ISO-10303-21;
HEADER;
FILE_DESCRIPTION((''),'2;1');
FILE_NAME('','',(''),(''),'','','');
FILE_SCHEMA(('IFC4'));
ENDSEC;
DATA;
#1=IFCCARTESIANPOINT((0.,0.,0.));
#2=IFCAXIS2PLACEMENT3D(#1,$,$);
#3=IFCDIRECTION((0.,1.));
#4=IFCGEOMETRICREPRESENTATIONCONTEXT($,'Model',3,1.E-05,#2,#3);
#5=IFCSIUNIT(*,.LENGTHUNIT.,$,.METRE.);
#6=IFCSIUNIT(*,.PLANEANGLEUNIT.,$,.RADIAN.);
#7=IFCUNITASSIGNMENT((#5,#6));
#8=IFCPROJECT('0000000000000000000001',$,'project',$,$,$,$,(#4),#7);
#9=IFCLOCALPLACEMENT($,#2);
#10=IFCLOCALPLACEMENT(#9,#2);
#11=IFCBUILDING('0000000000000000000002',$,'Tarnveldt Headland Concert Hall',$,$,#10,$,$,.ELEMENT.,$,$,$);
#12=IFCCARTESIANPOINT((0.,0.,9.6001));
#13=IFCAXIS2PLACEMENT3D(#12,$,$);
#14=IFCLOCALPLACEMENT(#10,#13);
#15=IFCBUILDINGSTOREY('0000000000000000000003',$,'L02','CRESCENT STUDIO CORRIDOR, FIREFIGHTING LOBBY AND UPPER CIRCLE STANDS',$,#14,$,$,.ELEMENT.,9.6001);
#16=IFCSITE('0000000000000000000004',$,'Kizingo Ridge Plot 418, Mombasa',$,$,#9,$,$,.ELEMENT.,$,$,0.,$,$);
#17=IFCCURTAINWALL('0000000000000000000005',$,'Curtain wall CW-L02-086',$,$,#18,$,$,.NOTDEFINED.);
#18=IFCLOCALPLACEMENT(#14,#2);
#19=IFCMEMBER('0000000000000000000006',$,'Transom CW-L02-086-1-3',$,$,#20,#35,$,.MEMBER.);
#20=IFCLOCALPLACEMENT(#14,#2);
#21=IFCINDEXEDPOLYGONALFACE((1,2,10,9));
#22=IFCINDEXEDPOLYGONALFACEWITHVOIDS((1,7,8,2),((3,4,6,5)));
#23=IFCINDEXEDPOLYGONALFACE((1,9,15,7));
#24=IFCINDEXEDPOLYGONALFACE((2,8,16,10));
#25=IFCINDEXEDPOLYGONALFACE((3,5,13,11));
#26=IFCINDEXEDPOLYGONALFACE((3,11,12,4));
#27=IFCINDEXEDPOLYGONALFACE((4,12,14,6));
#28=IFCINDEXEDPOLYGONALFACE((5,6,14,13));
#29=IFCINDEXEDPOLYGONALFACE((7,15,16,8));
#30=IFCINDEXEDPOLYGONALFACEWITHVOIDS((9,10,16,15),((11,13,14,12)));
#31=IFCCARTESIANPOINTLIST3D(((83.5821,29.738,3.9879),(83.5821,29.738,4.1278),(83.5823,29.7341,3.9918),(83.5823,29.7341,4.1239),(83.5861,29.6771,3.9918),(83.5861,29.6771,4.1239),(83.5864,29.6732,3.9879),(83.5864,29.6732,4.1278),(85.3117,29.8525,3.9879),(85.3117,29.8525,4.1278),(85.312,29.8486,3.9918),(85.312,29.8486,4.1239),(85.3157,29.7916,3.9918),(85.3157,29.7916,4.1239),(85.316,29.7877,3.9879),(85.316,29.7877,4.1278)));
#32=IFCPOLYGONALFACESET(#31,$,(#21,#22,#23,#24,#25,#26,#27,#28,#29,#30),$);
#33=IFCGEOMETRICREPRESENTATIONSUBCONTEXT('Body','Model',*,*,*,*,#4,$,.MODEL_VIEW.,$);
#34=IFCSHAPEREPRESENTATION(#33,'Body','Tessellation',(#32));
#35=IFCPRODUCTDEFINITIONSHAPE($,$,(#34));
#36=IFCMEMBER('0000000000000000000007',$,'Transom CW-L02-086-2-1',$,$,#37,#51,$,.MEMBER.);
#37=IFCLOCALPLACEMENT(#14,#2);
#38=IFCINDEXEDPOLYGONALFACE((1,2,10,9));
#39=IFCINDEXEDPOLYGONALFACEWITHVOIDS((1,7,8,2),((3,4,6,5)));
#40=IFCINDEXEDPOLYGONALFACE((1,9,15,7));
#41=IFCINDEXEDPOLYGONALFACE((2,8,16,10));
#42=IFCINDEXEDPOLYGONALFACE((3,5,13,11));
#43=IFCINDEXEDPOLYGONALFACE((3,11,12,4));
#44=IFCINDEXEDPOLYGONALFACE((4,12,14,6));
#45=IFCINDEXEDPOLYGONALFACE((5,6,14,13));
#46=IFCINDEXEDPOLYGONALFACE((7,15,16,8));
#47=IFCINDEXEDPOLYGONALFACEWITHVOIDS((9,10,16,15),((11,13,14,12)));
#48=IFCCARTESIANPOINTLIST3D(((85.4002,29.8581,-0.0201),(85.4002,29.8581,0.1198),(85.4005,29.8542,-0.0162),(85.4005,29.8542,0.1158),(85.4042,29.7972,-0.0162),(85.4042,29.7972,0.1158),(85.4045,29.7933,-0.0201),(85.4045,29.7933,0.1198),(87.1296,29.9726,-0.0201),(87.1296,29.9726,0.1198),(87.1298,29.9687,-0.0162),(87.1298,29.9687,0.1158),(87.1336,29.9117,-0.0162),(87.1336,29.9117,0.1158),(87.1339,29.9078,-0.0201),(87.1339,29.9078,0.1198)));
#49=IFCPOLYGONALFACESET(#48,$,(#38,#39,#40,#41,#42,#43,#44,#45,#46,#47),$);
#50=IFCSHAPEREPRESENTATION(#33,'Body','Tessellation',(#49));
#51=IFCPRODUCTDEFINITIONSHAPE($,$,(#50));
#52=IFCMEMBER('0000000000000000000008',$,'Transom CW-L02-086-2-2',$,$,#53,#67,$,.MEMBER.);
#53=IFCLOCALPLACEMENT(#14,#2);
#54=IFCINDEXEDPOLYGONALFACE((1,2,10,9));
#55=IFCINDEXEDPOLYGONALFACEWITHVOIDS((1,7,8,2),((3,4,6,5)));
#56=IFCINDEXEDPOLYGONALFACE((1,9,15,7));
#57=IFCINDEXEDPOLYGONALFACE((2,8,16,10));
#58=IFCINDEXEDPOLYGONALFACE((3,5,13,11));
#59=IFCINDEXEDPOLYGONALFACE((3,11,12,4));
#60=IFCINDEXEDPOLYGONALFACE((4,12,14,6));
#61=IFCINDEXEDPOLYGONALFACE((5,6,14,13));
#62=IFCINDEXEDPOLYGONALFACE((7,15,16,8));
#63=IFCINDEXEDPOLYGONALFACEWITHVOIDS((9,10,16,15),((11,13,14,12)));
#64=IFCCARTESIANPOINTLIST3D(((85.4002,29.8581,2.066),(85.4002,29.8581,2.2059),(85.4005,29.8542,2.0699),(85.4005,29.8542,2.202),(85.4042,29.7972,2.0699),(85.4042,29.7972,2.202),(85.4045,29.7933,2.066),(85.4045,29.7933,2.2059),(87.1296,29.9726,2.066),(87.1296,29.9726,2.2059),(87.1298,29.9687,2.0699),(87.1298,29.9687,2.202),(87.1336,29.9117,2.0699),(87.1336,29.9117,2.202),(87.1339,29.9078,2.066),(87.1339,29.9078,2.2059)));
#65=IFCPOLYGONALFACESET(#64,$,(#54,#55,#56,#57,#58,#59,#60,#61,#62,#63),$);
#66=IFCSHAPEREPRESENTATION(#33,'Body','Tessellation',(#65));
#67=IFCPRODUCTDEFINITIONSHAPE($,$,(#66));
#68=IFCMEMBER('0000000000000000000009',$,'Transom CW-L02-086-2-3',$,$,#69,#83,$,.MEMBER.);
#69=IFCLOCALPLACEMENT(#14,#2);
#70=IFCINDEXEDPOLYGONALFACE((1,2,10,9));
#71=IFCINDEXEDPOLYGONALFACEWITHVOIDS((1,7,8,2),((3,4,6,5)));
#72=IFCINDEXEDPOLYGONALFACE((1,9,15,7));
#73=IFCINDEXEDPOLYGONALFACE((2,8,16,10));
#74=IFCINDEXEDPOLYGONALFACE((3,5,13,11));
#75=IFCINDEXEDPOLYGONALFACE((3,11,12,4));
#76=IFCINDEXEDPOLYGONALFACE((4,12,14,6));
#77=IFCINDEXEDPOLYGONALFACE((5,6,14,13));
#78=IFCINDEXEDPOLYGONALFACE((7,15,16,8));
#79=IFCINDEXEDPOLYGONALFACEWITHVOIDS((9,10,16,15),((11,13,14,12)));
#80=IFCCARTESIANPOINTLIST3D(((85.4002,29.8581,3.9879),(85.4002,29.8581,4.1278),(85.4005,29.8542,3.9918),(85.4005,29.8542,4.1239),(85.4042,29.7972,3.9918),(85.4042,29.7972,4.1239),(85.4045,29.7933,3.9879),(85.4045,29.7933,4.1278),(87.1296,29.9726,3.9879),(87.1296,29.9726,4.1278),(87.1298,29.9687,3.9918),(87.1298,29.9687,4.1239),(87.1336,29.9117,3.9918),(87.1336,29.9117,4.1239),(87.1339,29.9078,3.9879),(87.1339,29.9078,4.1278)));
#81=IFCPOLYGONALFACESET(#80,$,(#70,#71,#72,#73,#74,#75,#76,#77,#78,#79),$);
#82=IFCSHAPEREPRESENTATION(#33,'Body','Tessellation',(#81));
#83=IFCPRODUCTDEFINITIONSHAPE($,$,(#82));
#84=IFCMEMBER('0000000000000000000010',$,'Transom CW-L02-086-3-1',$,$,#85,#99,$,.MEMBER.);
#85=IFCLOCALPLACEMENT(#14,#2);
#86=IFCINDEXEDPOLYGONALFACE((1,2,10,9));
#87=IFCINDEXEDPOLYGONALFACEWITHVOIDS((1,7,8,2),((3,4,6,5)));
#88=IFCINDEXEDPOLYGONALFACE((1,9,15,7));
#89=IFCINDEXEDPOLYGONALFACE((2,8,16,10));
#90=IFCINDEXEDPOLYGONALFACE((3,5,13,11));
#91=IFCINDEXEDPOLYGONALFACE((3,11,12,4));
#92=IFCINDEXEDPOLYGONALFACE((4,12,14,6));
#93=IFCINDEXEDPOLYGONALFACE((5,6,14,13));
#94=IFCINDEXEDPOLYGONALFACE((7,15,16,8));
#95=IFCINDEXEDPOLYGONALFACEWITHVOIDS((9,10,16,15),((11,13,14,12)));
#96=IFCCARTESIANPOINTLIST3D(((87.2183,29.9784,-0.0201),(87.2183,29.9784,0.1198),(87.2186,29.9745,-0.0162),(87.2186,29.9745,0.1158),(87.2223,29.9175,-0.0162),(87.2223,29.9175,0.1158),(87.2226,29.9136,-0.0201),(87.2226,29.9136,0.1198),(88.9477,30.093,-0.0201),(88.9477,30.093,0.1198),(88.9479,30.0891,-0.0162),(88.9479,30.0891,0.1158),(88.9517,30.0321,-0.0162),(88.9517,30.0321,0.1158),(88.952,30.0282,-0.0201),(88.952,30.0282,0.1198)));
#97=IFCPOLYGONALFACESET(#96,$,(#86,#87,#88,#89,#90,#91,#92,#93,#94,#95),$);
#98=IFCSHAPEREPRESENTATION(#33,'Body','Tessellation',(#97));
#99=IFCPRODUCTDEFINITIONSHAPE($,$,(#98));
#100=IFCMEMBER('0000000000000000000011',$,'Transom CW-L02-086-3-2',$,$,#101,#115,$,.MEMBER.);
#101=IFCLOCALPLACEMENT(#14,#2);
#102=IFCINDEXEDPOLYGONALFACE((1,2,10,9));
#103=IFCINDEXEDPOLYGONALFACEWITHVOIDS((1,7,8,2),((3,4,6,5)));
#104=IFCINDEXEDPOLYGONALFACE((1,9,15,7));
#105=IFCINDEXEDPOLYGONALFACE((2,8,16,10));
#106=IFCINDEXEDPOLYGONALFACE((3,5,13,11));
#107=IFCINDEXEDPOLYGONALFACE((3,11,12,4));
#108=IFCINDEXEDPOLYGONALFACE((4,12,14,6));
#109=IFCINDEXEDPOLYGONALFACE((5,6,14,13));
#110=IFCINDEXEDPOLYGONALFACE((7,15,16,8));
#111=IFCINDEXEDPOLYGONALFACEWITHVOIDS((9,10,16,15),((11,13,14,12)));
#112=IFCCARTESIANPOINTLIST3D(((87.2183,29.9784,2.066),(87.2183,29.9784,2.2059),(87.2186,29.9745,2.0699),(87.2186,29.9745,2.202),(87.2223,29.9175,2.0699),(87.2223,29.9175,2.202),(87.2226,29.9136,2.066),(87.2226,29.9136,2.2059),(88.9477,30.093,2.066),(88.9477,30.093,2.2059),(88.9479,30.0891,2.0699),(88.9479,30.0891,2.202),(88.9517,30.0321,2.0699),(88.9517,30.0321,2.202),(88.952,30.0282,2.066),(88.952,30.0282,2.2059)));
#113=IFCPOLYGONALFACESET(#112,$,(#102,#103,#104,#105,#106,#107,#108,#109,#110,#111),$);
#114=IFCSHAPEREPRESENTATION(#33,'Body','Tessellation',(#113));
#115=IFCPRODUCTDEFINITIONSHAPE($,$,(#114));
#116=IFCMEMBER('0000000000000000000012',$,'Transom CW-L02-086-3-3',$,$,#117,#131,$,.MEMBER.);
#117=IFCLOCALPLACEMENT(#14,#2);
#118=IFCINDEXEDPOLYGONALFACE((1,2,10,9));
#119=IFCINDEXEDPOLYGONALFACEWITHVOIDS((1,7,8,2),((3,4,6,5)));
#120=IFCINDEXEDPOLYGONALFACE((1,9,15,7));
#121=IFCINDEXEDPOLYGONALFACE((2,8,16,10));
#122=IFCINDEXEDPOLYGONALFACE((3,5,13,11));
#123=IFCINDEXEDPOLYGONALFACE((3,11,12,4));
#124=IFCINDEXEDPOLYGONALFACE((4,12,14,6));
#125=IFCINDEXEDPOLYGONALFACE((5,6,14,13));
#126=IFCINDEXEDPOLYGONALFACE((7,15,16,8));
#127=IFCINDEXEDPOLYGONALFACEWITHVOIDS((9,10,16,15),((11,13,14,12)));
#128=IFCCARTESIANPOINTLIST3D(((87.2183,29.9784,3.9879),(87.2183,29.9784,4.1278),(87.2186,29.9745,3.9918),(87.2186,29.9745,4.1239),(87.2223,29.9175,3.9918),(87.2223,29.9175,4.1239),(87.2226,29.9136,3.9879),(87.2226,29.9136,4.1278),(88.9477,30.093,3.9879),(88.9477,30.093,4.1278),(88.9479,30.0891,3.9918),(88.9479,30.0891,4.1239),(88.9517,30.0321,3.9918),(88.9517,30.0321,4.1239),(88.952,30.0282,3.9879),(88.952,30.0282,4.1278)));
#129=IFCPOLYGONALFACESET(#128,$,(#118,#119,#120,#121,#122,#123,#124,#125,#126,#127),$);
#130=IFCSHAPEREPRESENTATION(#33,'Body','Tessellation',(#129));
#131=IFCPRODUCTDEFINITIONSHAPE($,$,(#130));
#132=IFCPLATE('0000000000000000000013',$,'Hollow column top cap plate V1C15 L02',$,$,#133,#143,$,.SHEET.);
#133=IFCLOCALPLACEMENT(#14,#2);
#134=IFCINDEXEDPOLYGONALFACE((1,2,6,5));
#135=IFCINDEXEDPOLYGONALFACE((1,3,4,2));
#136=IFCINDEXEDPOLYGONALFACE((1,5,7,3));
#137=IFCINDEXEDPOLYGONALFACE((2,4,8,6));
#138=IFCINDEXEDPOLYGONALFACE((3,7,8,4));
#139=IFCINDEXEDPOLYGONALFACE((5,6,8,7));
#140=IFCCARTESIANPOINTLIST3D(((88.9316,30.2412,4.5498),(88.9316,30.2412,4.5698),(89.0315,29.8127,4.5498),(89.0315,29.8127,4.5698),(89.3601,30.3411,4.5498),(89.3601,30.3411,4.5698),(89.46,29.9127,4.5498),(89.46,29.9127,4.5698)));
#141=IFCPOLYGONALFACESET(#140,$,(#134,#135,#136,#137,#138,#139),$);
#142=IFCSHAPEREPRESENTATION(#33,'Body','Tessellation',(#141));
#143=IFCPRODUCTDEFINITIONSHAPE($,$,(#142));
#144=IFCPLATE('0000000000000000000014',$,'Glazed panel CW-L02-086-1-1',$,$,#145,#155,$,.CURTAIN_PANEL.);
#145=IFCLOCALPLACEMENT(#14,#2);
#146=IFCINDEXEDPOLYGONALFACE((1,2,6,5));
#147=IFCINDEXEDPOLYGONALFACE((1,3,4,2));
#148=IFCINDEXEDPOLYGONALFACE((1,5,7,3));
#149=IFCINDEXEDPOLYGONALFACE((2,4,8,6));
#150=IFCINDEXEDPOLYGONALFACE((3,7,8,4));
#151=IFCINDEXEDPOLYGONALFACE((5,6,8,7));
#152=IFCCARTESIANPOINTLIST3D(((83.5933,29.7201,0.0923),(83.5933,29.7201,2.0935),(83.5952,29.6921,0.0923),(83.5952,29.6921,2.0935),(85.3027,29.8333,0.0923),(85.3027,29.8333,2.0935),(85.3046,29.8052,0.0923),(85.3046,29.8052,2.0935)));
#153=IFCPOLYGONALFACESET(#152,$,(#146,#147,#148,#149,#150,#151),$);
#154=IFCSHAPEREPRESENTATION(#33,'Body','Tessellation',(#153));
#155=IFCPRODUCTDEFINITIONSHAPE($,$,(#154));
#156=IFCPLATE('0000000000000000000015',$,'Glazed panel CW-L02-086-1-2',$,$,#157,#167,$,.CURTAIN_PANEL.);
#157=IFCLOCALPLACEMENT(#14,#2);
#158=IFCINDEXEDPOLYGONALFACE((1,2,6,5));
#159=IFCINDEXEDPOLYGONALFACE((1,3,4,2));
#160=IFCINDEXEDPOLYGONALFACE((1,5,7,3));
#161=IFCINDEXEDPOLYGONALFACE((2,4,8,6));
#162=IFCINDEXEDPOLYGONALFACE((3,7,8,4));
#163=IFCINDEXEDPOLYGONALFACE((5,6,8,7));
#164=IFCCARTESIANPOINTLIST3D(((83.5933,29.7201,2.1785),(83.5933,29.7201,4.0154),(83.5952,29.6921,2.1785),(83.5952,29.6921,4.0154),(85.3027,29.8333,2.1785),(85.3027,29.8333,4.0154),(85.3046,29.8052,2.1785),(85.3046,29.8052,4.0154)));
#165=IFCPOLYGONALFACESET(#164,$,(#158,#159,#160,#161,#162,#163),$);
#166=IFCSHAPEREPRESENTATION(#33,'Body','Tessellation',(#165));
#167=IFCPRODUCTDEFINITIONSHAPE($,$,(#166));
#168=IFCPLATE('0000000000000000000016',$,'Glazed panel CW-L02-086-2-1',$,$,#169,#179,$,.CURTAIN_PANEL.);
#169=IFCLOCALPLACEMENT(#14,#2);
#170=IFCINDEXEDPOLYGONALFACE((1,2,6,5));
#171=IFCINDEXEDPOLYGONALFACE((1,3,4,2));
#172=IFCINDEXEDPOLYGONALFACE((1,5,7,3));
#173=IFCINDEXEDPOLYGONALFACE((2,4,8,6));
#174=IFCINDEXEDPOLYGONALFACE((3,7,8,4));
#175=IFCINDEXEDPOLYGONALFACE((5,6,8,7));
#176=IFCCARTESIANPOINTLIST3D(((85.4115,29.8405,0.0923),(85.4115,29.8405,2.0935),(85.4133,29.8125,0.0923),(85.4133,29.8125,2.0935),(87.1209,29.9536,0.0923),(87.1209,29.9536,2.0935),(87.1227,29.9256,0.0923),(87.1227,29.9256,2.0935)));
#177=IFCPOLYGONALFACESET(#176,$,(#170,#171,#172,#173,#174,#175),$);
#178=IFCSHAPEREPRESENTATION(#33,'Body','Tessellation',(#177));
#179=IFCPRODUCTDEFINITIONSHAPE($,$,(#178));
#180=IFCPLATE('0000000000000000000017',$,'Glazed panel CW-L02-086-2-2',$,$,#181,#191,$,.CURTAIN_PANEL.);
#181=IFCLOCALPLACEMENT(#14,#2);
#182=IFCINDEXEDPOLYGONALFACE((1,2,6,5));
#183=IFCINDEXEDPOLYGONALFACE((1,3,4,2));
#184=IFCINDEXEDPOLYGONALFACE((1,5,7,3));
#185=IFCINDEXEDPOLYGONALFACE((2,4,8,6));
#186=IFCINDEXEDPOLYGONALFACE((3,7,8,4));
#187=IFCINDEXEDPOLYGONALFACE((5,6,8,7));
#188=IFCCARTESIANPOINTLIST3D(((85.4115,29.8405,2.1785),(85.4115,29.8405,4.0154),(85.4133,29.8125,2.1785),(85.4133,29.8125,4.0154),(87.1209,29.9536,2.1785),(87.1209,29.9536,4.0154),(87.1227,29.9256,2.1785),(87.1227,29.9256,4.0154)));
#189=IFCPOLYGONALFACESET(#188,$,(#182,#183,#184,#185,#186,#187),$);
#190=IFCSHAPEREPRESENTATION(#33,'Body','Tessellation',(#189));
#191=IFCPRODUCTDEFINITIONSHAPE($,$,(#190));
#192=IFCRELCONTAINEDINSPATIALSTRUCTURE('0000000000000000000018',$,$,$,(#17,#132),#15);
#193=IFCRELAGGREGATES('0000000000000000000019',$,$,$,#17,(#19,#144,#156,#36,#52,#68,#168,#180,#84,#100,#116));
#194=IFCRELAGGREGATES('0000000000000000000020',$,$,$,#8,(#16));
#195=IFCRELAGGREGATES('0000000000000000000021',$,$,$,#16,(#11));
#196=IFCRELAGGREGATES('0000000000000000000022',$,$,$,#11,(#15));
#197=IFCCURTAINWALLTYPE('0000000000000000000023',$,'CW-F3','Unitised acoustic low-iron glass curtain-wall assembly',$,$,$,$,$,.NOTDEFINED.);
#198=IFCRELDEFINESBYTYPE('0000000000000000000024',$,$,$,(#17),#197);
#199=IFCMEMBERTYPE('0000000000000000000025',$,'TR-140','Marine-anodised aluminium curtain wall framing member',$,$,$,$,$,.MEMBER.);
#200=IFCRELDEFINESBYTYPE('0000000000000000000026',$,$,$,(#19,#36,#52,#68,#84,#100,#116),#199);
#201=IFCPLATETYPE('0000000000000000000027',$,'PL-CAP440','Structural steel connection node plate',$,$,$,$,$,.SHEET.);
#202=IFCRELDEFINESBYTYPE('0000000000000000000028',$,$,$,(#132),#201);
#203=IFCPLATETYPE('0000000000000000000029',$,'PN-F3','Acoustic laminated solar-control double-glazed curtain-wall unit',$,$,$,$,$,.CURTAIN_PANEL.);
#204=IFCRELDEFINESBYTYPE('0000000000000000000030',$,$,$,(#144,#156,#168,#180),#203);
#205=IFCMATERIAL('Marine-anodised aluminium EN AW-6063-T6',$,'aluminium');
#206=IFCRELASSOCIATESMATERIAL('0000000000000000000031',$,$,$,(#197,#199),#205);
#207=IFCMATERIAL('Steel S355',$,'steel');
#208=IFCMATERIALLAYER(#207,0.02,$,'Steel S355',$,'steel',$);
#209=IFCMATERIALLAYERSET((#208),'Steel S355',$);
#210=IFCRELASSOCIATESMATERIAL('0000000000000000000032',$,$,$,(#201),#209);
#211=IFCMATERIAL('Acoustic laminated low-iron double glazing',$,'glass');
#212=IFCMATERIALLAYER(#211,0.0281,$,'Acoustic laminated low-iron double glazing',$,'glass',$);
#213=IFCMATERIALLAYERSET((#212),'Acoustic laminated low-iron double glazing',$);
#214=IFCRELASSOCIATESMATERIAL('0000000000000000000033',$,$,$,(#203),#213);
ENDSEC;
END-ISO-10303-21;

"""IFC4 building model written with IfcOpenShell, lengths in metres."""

from ifc_helpers import new_model, si_unit, direction, frame, origin, origin_2d, place, context, subcontext, project, spatial, rectangle, hollow_rectangle, extrude, material, layer, layer_set, material_profile, profile_set, type_object, element, aggregate, save


model = new_model("IFC4")

# Units and contexts
model_context = context("Model", 3, precision=1e-05, world=origin(), true_north=direction((0.0, 1.0)))
body_context = subcontext(model_context, "Body", "Model", "MODEL_VIEW")
ifc_project = project(units=[si_unit("LENGTHUNIT", "METRE"), si_unit("PLANEANGLEUNIT", "RADIAN")], contexts=[model_context])

# Site, building, storey
site_placement = place(None, origin())
site = spatial("IfcSite", under=ifc_project, at=site_placement, Name="Kizingo Ridge Plot 418, Mombasa", CompositionType="ELEMENT", RefElevation=0.0)
building_placement = place(site_placement, origin())
building = spatial("IfcBuilding", under=site, at=building_placement, Name="Tarnveldt Headland Concert Hall", CompositionType="ELEMENT")
storey_placement = place(building_placement, frame((0.0, 0.0, 9.6001)))
storey = spatial("IfcBuildingStorey", under=building, at=storey_placement, Name="L02", Description="CRESCENT STUDIO CORRIDOR, FIREFIGHTING LOBBY AND UPPER CIRCLE STANDS", CompositionType="ELEMENT", Elevation=9.6001)

# Shared definitions
ifc_material_1 = material(Name="Steel S355", Category="steel")

# Shared definitions
ifc_material_2 = material(Name="Marine-anodised aluminium EN AW-6063-T6", Category="aluminium")
curtain_wall_type = type_object("IfcCurtainWallType", Name="CW-F3", Description="Unitised acoustic low-iron glass curtain-wall assembly", PredefinedType="NOTDEFINED", material=ifc_material_2)

# Curtain wall
curtain_wall_1_placement = place(storey_placement, origin())
curtain_wall_1 = element("IfcCurtainWall", 1, at=curtain_wall_1_placement, inside=storey, type_object=curtain_wall_type, Name="Curtain wall CW-L02-086", PredefinedType="NOTDEFINED")

# Members
ifc_material_profile_1 = material_profile(ifc_material_2, hollow_rectangle(XDim=0.0649, YDim=0.1399, WallThickness=0.0039, at=origin_2d()), Name="ALU TRANSOM 65x140x4", Category="aluminium")
ifc_profile_set_1 = profile_set([ifc_material_profile_1], Name="Marine-anodised aluminium EN AW-6063-T6")
member_type_1 = type_object("IfcMemberType", Name="TR-140", Description="Marine-anodised aluminium curtain wall framing member", PredefinedType="MEMBER", material=ifc_profile_set_1)
member_1_placement = place(storey_placement, frame((83.5842, 29.7056, 4.0579), z_axis=(0.997816, 0.066061, 0.0), x_axis=(-0.066061, 0.997816, 0.0)))
member_1 = element("IfcMember", 2, at=member_1_placement, type_object=member_type_1, Name="Transom CW-L02-086-1-3", PredefinedType="MEMBER", context=body_context, shape_type="SweptSolid", body=[
    extrude(hollow_rectangle(XDim=0.0649, YDim=0.1399, WallThickness=0.0039, at=origin_2d()), origin(), (0.0, 0.0, 1.0), 1.7334),
])
member_2_placement = place(storey_placement, frame((85.4023, 29.8257, 0.0498), z_axis=(0.997815, 0.06607, 0.0), x_axis=(-0.06607, 0.997815, 0.0)))
member_2 = element("IfcMember", 3, at=member_2_placement, type_object=member_type_1, Name="Transom CW-L02-086-2-1", PredefinedType="MEMBER", context=body_context, shape_type="SweptSolid", body=[
    extrude(hollow_rectangle(XDim=0.0649, YDim=0.1399, WallThickness=0.0039, at=origin_2d()), origin(), (0.0, 0.0, 1.0), 1.7332),
])
member_3_placement = place(storey_placement, frame((85.4023, 29.8257, 2.136), z_axis=(0.997815, 0.06607, 0.0), x_axis=(-0.06607, 0.997815, 0.0)))
member_3 = element("IfcMember", 4, at=member_3_placement, type_object=member_type_1, Name="Transom CW-L02-086-2-2", PredefinedType="MEMBER", context=body_context, shape_type="SweptSolid", body=[
    extrude(hollow_rectangle(XDim=0.0649, YDim=0.1399, WallThickness=0.0039, at=origin_2d()), origin(), (0.0, 0.0, 1.0), 1.7332),
])
member_4_placement = place(storey_placement, frame((85.4023, 29.8257, 4.0579), z_axis=(0.997815, 0.06607, 0.0), x_axis=(-0.06607, 0.997815, 0.0)))
member_4 = element("IfcMember", 5, at=member_4_placement, type_object=member_type_1, Name="Transom CW-L02-086-2-3", PredefinedType="MEMBER", context=body_context, shape_type="SweptSolid", body=[
    extrude(hollow_rectangle(XDim=0.0649, YDim=0.1399, WallThickness=0.0039, at=origin_2d()), origin(), (0.0, 0.0, 1.0), 1.7332),
])
member_5_placement = place(storey_placement, frame((87.2205, 29.946, 0.0498), z_axis=(0.997815, 0.06607, 0.0), x_axis=(-0.06607, 0.997815, 0.0)))
member_5 = element("IfcMember", 6, at=member_5_placement, type_object=member_type_1, Name="Transom CW-L02-086-3-1", PredefinedType="MEMBER", context=body_context, shape_type="SweptSolid", body=[
    extrude(hollow_rectangle(XDim=0.0649, YDim=0.1399, WallThickness=0.0039, at=origin_2d()), origin(), (0.0, 0.0, 1.0), 1.7332),
])
member_6_placement = place(storey_placement, frame((87.2205, 29.946, 2.136), z_axis=(0.997815, 0.06607, 0.0), x_axis=(-0.06607, 0.997815, 0.0)))
member_6 = element("IfcMember", 7, at=member_6_placement, type_object=member_type_1, Name="Transom CW-L02-086-3-2", PredefinedType="MEMBER", context=body_context, shape_type="SweptSolid", body=[
    extrude(hollow_rectangle(XDim=0.0649, YDim=0.1399, WallThickness=0.0039, at=origin_2d()), origin(), (0.0, 0.0, 1.0), 1.7332),
])
member_7_placement = place(storey_placement, frame((87.2205, 29.946, 4.0579), z_axis=(0.997815, 0.06607, 0.0), x_axis=(-0.06607, 0.997815, 0.0)))
member_7 = element("IfcMember", 8, at=member_7_placement, type_object=member_type_1, Name="Transom CW-L02-086-3-3", PredefinedType="MEMBER", context=body_context, shape_type="SweptSolid", body=[
    extrude(hollow_rectangle(XDim=0.0649, YDim=0.1399, WallThickness=0.0039, at=origin_2d()), origin(), (0.0, 0.0, 1.0), 1.7332),
])

# Plates
ifc_layer_1 = layer(ifc_material_1, 0.02, Name="Steel S355", Category="steel")
ifc_layer_set_1 = layer_set([ifc_layer_1], Name="Steel S355")
plate_type_1 = type_object("IfcPlateType", Name="PL-CAP440", Description="Structural steel connection node plate", PredefinedType="SHEET", material=ifc_layer_set_1)
plate_1_placement = place(storey_placement, frame((89.1958, 30.0769, 4.5498), z_axis=(0.0, 0.0, 1.0), x_axis=(0.227161, -0.973857, 0.0)))
element("IfcPlate", 9, at=plate_1_placement, inside=storey, type_object=plate_type_1, Name="Hollow column top cap plate V1C15 L02", PredefinedType="SHEET", context=body_context, shape_type="SweptSolid", body=[
    extrude(rectangle(XDim=0.4399, YDim=0.4399, at=origin_2d()), origin(), (0.0, 0.0, 1.0), 0.02),
])
ifc_material_3 = material(Name="Acoustic laminated low-iron double glazing", Category="glass")
ifc_layer_2 = layer(ifc_material_3, 0.0281, Name="Acoustic laminated low-iron double glazing", Category="glass")
ifc_layer_set_2 = layer_set([ifc_layer_2], Name="Acoustic laminated low-iron double glazing")
plate_type_2 = type_object("IfcPlateType", Name="PN-F3", Description="Acoustic laminated solar-control double-glazed curtain-wall unit", PredefinedType="CURTAIN_PANEL", material=ifc_layer_set_2)
plate_2_placement = place(storey_placement, frame((84.449, 29.7627, 0.0923), z_axis=(0.0, 0.0, 1.0), x_axis=(0.997818, 0.06603, 0.0)))
plate_2 = element("IfcPlate", 10, at=plate_2_placement, type_object=plate_type_2, Name="Glazed panel CW-L02-086-1-1", PredefinedType="CURTAIN_PANEL", context=body_context, shape_type="SweptSolid", body=[
    extrude(rectangle(XDim=1.7131, YDim=0.0281, at=origin_2d()), origin(), (0.0, 0.0, 1.0), 2.0012),
])
plate_3_placement = place(storey_placement, frame((84.449, 29.7627, 2.1785), z_axis=(0.0, 0.0, 1.0), x_axis=(0.997818, 0.06603, 0.0)))
plate_3 = element("IfcPlate", 11, at=plate_3_placement, type_object=plate_type_2, Name="Glazed panel CW-L02-086-1-2", PredefinedType="CURTAIN_PANEL", context=body_context, shape_type="SweptSolid", body=[
    extrude(rectangle(XDim=1.7131, YDim=0.0281, at=origin_2d()), origin(), (0.0, 0.0, 1.0), 1.8369),
])
plate_4_placement = place(storey_placement, frame((86.2671, 29.8831, 0.0923), z_axis=(0.0, 0.0, 1.0), x_axis=(0.997818, 0.06603, 0.0)))
plate_4 = element("IfcPlate", 12, at=plate_4_placement, type_object=plate_type_2, Name="Glazed panel CW-L02-086-2-1", PredefinedType="CURTAIN_PANEL", context=body_context, shape_type="SweptSolid", body=[
    extrude(rectangle(XDim=1.7131, YDim=0.0281, at=origin_2d()), origin(), (0.0, 0.0, 1.0), 2.0012),
])
plate_5_placement = place(storey_placement, frame((86.2671, 29.8831, 2.1785), z_axis=(0.0, 0.0, 1.0), x_axis=(0.997818, 0.06603, 0.0)))
plate_5 = element("IfcPlate", 13, at=plate_5_placement, type_object=plate_type_2, Name="Glazed panel CW-L02-086-2-2", PredefinedType="CURTAIN_PANEL", context=body_context, shape_type="SweptSolid", body=[
    extrude(rectangle(XDim=1.7131, YDim=0.0281, at=origin_2d()), origin(), (0.0, 0.0, 1.0), 1.8369),
])
aggregate(curtain_wall_1, [member_1, plate_2, plate_3, member_2, member_3, member_4, plate_4, plate_5, member_5, member_6, member_7])

save(model, "model.ifc")
